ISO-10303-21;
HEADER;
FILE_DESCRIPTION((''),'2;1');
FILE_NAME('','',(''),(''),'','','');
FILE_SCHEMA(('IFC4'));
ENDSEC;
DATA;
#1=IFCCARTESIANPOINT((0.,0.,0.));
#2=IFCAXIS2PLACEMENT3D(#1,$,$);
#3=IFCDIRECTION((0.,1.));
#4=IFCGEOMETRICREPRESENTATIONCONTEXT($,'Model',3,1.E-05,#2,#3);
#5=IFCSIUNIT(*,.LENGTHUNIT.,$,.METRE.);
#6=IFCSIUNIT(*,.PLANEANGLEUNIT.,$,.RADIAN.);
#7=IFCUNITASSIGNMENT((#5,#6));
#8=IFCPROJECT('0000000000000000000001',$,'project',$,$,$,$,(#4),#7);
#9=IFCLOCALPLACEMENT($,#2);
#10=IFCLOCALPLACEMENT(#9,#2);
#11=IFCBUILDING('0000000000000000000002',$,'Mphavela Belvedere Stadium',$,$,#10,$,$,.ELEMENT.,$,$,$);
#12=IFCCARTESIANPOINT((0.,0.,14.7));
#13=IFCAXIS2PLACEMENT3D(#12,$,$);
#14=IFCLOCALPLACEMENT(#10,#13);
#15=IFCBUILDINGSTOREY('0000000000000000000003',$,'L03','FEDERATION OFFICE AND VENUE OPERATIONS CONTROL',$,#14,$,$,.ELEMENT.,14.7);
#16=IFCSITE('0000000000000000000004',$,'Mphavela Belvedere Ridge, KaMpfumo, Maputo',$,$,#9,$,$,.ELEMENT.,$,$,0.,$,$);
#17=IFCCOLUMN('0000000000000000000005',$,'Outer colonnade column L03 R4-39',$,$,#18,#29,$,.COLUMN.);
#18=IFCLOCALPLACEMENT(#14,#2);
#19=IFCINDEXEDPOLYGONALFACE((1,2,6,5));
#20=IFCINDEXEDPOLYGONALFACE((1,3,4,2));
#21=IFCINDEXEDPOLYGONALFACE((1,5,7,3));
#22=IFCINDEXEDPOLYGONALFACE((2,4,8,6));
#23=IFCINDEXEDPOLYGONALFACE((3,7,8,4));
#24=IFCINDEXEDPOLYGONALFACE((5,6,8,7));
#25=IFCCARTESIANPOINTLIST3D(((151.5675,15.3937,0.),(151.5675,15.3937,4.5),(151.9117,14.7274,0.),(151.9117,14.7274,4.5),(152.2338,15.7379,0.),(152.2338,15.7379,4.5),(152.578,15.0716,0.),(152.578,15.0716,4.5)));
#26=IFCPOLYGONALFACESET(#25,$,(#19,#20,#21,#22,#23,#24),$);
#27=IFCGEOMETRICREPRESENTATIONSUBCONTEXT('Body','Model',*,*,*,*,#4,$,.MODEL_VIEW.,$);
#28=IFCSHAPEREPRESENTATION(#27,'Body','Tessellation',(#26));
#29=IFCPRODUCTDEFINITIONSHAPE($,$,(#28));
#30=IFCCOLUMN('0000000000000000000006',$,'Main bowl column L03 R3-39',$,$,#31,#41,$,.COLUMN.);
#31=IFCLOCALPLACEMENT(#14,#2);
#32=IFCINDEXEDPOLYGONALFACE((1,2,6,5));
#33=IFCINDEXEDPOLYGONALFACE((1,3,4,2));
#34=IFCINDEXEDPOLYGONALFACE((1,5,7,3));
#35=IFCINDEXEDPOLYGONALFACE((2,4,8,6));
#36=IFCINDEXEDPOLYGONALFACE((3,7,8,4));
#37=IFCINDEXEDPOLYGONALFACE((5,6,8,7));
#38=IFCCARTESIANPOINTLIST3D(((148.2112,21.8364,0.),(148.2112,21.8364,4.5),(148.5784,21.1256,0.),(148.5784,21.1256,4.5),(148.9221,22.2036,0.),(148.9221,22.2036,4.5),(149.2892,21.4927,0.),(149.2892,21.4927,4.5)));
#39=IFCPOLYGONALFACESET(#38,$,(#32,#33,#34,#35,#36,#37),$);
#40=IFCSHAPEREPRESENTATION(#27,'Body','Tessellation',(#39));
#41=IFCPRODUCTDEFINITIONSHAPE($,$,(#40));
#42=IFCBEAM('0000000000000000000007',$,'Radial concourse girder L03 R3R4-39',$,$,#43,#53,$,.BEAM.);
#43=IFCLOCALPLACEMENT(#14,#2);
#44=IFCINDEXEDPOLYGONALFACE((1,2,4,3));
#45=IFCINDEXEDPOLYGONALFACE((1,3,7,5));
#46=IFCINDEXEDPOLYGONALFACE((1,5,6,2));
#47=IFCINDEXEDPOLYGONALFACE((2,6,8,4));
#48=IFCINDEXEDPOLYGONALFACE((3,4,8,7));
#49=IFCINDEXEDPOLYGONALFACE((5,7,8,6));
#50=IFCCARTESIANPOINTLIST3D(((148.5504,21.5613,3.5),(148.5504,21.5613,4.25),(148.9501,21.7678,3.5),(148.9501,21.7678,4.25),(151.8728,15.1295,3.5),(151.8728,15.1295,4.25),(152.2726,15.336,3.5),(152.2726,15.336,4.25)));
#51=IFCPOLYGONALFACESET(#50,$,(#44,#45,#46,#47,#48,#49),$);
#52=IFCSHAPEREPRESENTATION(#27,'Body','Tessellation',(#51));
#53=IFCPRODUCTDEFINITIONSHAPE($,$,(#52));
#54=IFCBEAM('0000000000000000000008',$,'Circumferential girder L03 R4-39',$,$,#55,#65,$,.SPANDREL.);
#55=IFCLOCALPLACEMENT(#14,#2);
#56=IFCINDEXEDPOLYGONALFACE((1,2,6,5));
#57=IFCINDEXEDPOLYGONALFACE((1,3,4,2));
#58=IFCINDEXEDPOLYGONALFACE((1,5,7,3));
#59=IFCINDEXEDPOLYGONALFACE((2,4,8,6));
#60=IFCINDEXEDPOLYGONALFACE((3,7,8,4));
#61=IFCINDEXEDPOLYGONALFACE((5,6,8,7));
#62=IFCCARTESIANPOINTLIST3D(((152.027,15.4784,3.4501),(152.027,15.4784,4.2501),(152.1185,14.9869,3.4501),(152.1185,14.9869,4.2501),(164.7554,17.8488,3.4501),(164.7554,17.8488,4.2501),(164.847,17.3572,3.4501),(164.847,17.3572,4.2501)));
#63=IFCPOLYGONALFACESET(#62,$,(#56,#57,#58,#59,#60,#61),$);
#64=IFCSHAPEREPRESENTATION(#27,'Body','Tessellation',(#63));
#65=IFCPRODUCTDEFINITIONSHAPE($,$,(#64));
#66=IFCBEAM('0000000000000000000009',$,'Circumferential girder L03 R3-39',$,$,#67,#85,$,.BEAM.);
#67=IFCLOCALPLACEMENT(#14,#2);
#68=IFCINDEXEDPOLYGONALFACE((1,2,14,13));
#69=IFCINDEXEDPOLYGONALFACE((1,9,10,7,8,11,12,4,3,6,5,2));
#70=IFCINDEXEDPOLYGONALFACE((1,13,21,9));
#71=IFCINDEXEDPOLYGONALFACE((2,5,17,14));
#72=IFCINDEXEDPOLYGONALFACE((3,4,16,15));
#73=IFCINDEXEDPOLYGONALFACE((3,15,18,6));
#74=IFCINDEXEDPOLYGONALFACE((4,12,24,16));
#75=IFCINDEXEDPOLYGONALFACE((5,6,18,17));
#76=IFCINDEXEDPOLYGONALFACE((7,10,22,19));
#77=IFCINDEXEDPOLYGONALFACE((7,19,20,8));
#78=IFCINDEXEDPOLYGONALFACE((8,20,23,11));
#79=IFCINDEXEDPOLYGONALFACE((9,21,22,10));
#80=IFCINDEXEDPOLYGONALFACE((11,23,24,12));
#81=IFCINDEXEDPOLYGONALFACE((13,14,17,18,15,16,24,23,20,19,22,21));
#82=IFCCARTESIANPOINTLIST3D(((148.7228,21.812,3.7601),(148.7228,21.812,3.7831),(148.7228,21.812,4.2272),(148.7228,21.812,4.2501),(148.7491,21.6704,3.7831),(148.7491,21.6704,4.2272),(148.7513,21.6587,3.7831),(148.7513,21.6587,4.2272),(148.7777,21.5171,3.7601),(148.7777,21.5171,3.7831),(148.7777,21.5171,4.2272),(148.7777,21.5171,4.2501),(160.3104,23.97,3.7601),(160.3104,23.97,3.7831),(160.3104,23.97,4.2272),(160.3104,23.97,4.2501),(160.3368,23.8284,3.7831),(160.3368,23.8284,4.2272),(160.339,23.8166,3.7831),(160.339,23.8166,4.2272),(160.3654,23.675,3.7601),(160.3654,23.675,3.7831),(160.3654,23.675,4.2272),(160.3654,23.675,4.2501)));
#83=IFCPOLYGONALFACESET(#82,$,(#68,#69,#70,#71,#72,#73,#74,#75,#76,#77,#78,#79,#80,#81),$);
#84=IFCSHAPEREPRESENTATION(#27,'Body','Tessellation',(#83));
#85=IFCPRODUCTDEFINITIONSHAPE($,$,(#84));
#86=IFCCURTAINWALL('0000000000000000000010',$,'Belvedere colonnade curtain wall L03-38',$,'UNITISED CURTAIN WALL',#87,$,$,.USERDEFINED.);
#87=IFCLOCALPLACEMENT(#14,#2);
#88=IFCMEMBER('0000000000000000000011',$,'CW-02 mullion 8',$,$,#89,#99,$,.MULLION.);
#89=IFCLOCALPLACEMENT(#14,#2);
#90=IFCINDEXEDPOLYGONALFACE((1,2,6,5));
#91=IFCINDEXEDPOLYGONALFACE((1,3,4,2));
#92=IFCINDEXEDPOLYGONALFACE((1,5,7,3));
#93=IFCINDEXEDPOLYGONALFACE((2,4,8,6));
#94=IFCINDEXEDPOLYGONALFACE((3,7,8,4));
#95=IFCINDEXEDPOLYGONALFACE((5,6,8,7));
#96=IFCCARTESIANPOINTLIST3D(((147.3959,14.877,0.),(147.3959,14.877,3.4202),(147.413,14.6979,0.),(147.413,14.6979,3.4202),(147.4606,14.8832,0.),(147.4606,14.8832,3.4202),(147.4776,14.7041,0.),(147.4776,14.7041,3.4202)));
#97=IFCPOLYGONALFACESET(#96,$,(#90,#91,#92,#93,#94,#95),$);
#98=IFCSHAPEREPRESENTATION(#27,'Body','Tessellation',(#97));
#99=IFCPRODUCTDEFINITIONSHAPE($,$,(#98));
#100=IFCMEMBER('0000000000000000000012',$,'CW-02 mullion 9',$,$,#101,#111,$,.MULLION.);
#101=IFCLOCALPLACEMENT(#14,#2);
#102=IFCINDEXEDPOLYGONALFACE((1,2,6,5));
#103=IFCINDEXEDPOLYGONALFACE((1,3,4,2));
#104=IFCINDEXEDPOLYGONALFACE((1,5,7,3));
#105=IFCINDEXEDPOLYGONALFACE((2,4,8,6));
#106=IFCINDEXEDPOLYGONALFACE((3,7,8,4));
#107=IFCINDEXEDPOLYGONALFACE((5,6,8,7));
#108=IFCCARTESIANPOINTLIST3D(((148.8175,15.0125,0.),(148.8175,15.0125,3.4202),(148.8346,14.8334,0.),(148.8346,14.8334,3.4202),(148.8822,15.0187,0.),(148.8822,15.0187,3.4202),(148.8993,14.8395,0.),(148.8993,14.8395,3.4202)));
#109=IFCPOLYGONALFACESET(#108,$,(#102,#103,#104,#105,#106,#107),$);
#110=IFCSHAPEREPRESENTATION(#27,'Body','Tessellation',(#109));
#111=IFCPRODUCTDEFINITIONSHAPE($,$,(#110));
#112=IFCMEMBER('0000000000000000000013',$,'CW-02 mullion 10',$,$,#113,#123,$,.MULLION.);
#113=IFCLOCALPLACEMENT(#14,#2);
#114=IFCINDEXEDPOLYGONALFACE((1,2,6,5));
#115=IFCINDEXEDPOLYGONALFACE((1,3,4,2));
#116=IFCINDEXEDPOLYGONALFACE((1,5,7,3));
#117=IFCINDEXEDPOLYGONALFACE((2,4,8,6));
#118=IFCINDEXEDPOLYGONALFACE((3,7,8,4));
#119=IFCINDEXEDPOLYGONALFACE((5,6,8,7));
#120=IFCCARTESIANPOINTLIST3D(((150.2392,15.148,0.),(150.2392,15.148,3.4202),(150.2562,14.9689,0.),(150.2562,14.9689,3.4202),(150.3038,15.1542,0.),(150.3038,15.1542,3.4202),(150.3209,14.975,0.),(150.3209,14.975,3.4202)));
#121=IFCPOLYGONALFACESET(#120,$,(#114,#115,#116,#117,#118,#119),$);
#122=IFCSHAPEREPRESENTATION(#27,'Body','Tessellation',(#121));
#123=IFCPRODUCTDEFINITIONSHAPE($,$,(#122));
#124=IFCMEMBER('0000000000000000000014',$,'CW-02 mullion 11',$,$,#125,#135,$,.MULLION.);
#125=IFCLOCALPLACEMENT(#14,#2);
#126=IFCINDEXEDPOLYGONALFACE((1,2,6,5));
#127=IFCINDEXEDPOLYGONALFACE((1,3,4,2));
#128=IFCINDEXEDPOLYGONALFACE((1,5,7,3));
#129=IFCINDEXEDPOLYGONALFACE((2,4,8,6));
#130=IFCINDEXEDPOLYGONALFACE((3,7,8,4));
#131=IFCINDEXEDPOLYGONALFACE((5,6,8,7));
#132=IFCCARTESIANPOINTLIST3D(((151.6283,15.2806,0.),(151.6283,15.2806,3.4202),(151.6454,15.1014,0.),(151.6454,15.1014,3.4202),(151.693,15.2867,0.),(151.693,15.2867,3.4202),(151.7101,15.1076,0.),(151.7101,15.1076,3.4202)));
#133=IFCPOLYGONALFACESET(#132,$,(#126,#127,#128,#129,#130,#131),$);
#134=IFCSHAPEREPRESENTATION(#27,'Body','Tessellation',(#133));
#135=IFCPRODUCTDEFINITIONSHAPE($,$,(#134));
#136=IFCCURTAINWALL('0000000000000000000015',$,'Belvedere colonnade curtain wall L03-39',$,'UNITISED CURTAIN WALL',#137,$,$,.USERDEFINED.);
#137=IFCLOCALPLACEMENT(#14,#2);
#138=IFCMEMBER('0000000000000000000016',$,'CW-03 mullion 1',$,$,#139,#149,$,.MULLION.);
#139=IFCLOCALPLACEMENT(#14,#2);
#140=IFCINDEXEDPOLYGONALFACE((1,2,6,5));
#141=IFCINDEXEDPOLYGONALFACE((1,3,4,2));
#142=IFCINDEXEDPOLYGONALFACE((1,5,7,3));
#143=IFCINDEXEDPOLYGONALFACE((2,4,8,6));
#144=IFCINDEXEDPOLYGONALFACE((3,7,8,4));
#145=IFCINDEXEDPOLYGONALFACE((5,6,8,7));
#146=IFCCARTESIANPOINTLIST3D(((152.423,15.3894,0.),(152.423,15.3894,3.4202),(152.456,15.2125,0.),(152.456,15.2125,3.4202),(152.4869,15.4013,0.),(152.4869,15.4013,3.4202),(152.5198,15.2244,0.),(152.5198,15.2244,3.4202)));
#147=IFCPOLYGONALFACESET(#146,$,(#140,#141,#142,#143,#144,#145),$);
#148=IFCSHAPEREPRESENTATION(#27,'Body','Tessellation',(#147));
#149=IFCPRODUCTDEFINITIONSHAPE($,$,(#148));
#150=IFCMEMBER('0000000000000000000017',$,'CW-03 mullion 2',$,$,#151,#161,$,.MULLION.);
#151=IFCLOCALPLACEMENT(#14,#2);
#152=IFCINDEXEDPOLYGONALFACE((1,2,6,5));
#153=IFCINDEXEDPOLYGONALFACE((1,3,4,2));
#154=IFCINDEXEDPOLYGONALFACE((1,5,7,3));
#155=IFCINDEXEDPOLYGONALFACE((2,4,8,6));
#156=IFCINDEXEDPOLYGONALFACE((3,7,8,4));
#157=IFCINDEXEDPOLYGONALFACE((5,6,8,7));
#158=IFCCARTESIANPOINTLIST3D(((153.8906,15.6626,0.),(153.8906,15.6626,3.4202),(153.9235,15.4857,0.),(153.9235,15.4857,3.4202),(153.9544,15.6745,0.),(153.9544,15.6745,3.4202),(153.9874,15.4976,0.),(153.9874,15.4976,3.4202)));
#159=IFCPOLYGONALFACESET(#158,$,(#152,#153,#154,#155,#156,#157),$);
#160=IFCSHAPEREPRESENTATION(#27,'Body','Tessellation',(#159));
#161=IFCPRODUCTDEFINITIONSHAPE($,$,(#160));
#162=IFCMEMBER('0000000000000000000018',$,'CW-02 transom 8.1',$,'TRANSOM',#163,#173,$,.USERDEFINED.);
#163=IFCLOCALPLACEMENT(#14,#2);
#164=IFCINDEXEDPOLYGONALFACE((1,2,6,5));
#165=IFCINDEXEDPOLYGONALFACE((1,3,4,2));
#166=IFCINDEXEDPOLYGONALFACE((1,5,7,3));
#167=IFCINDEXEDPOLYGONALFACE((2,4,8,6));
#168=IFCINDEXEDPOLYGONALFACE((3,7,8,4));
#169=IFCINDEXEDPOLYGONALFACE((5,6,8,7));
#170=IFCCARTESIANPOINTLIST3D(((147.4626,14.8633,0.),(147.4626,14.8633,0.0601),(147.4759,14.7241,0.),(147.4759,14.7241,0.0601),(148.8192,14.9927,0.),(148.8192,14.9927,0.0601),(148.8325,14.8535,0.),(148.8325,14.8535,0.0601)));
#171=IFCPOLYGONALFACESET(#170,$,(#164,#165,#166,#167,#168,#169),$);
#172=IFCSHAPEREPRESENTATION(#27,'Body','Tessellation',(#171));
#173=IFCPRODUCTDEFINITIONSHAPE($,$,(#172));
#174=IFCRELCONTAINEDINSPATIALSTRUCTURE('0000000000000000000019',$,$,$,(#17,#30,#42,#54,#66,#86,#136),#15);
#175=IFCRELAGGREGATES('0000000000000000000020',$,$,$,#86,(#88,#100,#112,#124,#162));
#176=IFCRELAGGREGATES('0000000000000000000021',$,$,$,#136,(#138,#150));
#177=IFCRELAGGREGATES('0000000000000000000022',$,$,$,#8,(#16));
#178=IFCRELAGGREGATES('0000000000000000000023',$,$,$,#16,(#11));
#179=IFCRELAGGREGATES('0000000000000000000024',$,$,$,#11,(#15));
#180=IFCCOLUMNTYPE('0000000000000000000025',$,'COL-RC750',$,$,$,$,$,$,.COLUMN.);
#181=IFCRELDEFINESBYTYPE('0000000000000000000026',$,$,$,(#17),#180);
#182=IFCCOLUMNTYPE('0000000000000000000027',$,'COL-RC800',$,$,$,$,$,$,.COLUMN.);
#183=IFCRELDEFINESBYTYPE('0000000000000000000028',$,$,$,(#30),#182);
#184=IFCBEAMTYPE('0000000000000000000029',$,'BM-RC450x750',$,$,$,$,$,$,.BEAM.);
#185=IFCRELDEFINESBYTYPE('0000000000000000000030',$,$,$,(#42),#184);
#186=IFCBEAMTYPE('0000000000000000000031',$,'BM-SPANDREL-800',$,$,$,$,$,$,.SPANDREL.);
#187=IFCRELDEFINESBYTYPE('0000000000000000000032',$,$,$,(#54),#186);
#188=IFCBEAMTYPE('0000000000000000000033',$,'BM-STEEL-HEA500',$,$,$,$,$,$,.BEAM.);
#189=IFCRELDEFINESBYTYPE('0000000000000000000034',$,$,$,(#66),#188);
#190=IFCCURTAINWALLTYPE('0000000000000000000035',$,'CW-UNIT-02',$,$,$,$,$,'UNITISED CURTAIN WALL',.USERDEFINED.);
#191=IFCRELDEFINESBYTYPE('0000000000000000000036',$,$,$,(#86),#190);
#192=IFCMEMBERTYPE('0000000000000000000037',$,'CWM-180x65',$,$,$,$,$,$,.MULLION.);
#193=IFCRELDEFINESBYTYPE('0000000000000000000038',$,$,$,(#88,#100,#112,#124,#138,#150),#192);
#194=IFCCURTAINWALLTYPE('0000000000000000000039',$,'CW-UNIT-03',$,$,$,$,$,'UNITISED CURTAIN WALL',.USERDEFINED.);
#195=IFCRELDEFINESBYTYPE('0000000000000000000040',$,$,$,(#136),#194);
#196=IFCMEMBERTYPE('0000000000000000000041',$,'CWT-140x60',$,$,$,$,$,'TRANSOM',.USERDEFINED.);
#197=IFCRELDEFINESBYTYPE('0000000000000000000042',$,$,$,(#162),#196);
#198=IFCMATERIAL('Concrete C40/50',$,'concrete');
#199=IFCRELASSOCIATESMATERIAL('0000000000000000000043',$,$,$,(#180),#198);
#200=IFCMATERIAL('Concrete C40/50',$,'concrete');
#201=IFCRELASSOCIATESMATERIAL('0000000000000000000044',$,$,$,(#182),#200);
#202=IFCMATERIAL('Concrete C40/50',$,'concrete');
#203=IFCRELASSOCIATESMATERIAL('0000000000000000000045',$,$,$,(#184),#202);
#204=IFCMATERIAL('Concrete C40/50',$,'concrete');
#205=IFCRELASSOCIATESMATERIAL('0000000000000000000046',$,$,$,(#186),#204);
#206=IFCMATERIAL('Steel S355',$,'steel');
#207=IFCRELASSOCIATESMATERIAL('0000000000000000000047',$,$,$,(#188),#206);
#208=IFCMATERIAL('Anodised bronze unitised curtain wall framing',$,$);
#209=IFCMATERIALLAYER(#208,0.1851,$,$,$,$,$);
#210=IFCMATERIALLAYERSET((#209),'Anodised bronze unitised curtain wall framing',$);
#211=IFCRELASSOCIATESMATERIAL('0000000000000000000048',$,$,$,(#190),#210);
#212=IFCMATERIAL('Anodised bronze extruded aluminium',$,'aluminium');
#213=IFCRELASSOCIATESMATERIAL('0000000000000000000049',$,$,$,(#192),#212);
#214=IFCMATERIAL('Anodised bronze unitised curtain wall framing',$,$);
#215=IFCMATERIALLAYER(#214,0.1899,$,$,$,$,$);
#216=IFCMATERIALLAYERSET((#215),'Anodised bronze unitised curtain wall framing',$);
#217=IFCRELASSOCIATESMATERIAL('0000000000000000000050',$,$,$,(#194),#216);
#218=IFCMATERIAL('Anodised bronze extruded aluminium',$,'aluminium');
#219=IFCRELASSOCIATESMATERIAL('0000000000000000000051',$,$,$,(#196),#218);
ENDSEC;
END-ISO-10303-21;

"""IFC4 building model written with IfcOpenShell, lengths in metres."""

from ifc_helpers import new_model, si_unit, direction, frame, origin, origin_2d, place, context, subcontext, project, spatial, rectangle, i_section, extrude, material, layer, layer_set, material_profile, profile_set, type_object, element, aggregate, save


model = new_model("IFC4")

# Units and contexts
model_context = context("Model", 3, precision=1e-05, world=origin(), true_north=direction((0.0, 1.0)))
body_context = subcontext(model_context, "Body", "Model", "MODEL_VIEW")
ifc_project = project(units=[si_unit("LENGTHUNIT", "METRE"), si_unit("PLANEANGLEUNIT", "RADIAN")], contexts=[model_context])

# Site, building, storey
site_placement = place(None, origin())
site = spatial("IfcSite", under=ifc_project, at=site_placement, Name="Mphavela Belvedere Ridge, KaMpfumo, Maputo", CompositionType="ELEMENT", RefElevation=0.0)
building_placement = place(site_placement, origin())
building = spatial("IfcBuilding", under=site, at=building_placement, Name="Mphavela Belvedere Stadium", CompositionType="ELEMENT")
storey_placement = place(building_placement, frame((0.0, 0.0, 14.7)))
storey = spatial("IfcBuildingStorey", under=building, at=storey_placement, Name="L03", Description="FEDERATION OFFICE AND VENUE OPERATIONS CONTROL", CompositionType="ELEMENT", Elevation=14.7)

# Columns
ifc_material_1 = material(Name="Concrete C40/50", Category="concrete")
ifc_material_profile_1 = material_profile(ifc_material_1, rectangle(XDim=0.75, YDim=0.75, at=origin_2d()), Name="RC 750x750")
ifc_profile_set_1 = profile_set([ifc_material_profile_1], Name="Concrete C40/50")
column_type_1 = type_object("IfcColumnType", Name="COL-RC750", PredefinedType="COLUMN", material=ifc_profile_set_1)
column_1_placement = place(storey_placement, frame((152.0728, 15.2327, 0.0), z_axis=(0.0, 0.0, 1.0), x_axis=(0.45896, -0.888457, 0.0)))
element("IfcColumn", 1, at=column_1_placement, inside=storey, type_object=column_type_1, Name="Outer colonnade column L03 R4-39", PredefinedType="COLUMN", context=body_context, shape_type="SweptSolid", body=[
    extrude(rectangle(XDim=0.75, YDim=0.75, at=origin_2d()), origin(), (0.0, 0.0, 1.0), 4.5),
])
ifc_material_2 = material(Name="Concrete C40/50", Category="concrete")
ifc_material_profile_2 = material_profile(ifc_material_2, rectangle(XDim=0.8, YDim=0.8, at=origin_2d()), Name="RC 800x800")
ifc_profile_set_2 = profile_set([ifc_material_profile_2], Name="Concrete C40/50")
column_type_2 = type_object("IfcColumnType", Name="COL-RC800", PredefinedType="COLUMN", material=ifc_profile_set_2)
column_2_placement = place(storey_placement, frame((148.7502, 21.6646, 0.0), z_axis=(0.0, 0.0, 1.0), x_axis=(0.45896, -0.888457, 0.0)))
element("IfcColumn", 2, at=column_2_placement, inside=storey, type_object=column_type_2, Name="Main bowl column L03 R3-39", PredefinedType="COLUMN", context=body_context, shape_type="SweptSolid", body=[
    extrude(rectangle(XDim=0.8, YDim=0.8, at=origin_2d()), origin(), (0.0, 0.0, 1.0), 4.5),
])

# Beams
ifc_material_3 = material(Name="Concrete C40/50", Category="concrete")
ifc_material_profile_3 = material_profile(ifc_material_3, rectangle(XDim=0.45, YDim=0.75, at=origin_2d()), Name="RC 450x750")
ifc_profile_set_3 = profile_set([ifc_material_profile_3], Name="Concrete C40/50")
beam_type_1 = type_object("IfcBeamType", Name="BM-RC450x750", PredefinedType="BEAM", material=ifc_profile_set_3)
beam_1_placement = place(storey_placement, frame((148.7502, 21.6646, 3.875), z_axis=(0.458951, -0.888461, 0.0), x_axis=(0.888461, 0.458951, 0.0)))
element("IfcBeam", 3, at=beam_1_placement, inside=storey, type_object=beam_type_1, Name="Radial concourse girder L03 R3R4-39", PredefinedType="BEAM", context=body_context, shape_type="SweptSolid", body=[
    extrude(rectangle(XDim=0.45, YDim=0.75, at=origin_2d()), origin(), (0.0, 0.0, 1.0), 7.2393),
])
ifc_material_4 = material(Name="Concrete C40/50", Category="concrete")
ifc_material_profile_4 = material_profile(ifc_material_4, rectangle(XDim=0.5, YDim=0.8, at=origin_2d()), Name="RC 500x800")
ifc_profile_set_4 = profile_set([ifc_material_profile_4], Name="Concrete C40/50")
beam_type_2 = type_object("IfcBeamType", Name="BM-SPANDREL-800", PredefinedType="SPANDREL", material=ifc_profile_set_4)
beam_2_placement = place(storey_placement, frame((152.0728, 15.2327, 3.8501), z_axis=(0.983099, 0.183077, 0.0), x_axis=(-0.183077, 0.983099, 0.0)))
element("IfcBeam", 4, at=beam_2_placement, inside=storey, type_object=beam_type_2, Name="Circumferential girder L03 R4-39", PredefinedType="SPANDREL", context=body_context, shape_type="SweptSolid", body=[
    extrude(rectangle(XDim=0.5, YDim=0.8, at=origin_2d()), origin(), (0.0, 0.0, 1.0), 12.9473),
])
ifc_material_5 = material(Name="Steel S355", Category="steel")
ifc_material_profile_5 = material_profile(ifc_material_5, i_section(OverallWidth=0.3, OverallDepth=0.49, WebThickness=0.012, FlangeThickness=0.0229, at=origin_2d()), Name="HEA 500")
ifc_profile_set_5 = profile_set([ifc_material_profile_5], Name="Steel S355")
beam_type_3 = type_object("IfcBeamType", Name="BM-STEEL-HEA500", PredefinedType="BEAM", material=ifc_profile_set_5)
beam_3_placement = place(storey_placement, frame((148.7502, 21.6646, 4.0051), z_axis=(0.983098, 0.183082, 0.0), x_axis=(-0.183082, 0.983098, 0.0)))
element("IfcBeam", 5, at=beam_3_placement, inside=storey, type_object=beam_type_3, Name="Circumferential girder L03 R3-39", PredefinedType="BEAM", context=body_context, shape_type="SweptSolid", body=[
    extrude(i_section(OverallWidth=0.3, OverallDepth=0.49, WebThickness=0.012, FlangeThickness=0.0229, at=origin_2d()), origin(), (0.0, 0.0, 1.0), 11.7869),
])

# Curtain walls, members
ifc_material_6 = material(Name="Anodised bronze unitised curtain wall framing")
ifc_layer_1 = layer(ifc_material_6, 0.1851)
ifc_layer_set_1 = layer_set([ifc_layer_1], Name="Anodised bronze unitised curtain wall framing")
curtain_wall_type_1 = type_object("IfcCurtainWallType", Name="CW-UNIT-02", ElementType="UNITISED CURTAIN WALL", PredefinedType="USERDEFINED", material=ifc_layer_set_1)
curtain_wall_1_placement = place(storey_placement, origin())
curtain_wall_1 = element("IfcCurtainWall", 6, at=curtain_wall_1_placement, inside=storey, type_object=curtain_wall_type_1, Name="Belvedere colonnade curtain wall L03-38", ObjectType="UNITISED CURTAIN WALL", PredefinedType="USERDEFINED")
ifc_material_7 = material(Name="Anodised bronze extruded aluminium", Category="aluminium")
ifc_material_profile_6 = material_profile(ifc_material_7, rectangle(XDim=0.1799, YDim=0.0649, at=origin_2d()), Name="CW-MUL 180x65")
ifc_profile_set_6 = profile_set([ifc_material_profile_6], Name="Anodised bronze extruded aluminium")
member_type_1 = type_object("IfcMemberType", Name="CWM-180x65", PredefinedType="MULLION", material=ifc_profile_set_6)
member_1_placement = place(storey_placement, frame((147.4368, 14.7905, 0.0), z_axis=(0.0, 0.0, 1.0), x_axis=(-0.094929, 0.995484, 0.0)))
member_1 = element("IfcMember", 7, at=member_1_placement, type_object=member_type_1, Name="CW-02 mullion 8", PredefinedType="MULLION", context=body_context, shape_type="SweptSolid", body=[
    extrude(rectangle(XDim=0.1799, YDim=0.0649, at=origin_2d()), origin(), (0.0, 0.0, 1.0), 3.4202),
])
member_2_placement = place(storey_placement, frame((148.8584, 14.926, 0.0), z_axis=(0.0, 0.0, 1.0), x_axis=(-0.094929, 0.995484, 0.0)))
member_2 = element("IfcMember", 8, at=member_2_placement, type_object=member_type_1, Name="CW-02 mullion 9", PredefinedType="MULLION", context=body_context, shape_type="SweptSolid", body=[
    extrude(rectangle(XDim=0.1799, YDim=0.0649, at=origin_2d()), origin(), (0.0, 0.0, 1.0), 3.4202),
])
member_3_placement = place(storey_placement, frame((150.28, 15.0615, 0.0), z_axis=(0.0, 0.0, 1.0), x_axis=(-0.094929, 0.995484, 0.0)))
member_3 = element("IfcMember", 9, at=member_3_placement, type_object=member_type_1, Name="CW-02 mullion 10", PredefinedType="MULLION", context=body_context, shape_type="SweptSolid", body=[
    extrude(rectangle(XDim=0.1799, YDim=0.0649, at=origin_2d()), origin(), (0.0, 0.0, 1.0), 3.4202),
])
member_4_placement = place(storey_placement, frame((151.6692, 15.1941, 0.0), z_axis=(0.0, 0.0, 1.0), x_axis=(-0.094929, 0.995484, 0.0)))
member_4 = element("IfcMember", 10, at=member_4_placement, type_object=member_type_1, Name="CW-02 mullion 11", PredefinedType="MULLION", context=body_context, shape_type="SweptSolid", body=[
    extrude(rectangle(XDim=0.1799, YDim=0.0649, at=origin_2d()), origin(), (0.0, 0.0, 1.0), 3.4202),
])
ifc_material_8 = material(Name="Anodised bronze unitised curtain wall framing")
ifc_layer_2 = layer(ifc_material_8, 0.1899)
ifc_layer_set_2 = layer_set([ifc_layer_2], Name="Anodised bronze unitised curtain wall framing")
curtain_wall_type_2 = type_object("IfcCurtainWallType", Name="CW-UNIT-03", ElementType="UNITISED CURTAIN WALL", PredefinedType="USERDEFINED", material=ifc_layer_set_2)
curtain_wall_2_placement = place(storey_placement, origin())
curtain_wall_2 = element("IfcCurtainWall", 11, at=curtain_wall_2_placement, inside=storey, type_object=curtain_wall_type_2, Name="Belvedere colonnade curtain wall L03-39", ObjectType="UNITISED CURTAIN WALL", PredefinedType="USERDEFINED")
member_5_placement = place(storey_placement, frame((152.4714, 15.3069, 0.0), z_axis=(0.0, 0.0, 1.0), x_axis=(-0.183088, 0.983097, 0.0)))
member_5 = element("IfcMember", 12, at=member_5_placement, type_object=member_type_1, Name="CW-03 mullion 1", PredefinedType="MULLION", context=body_context, shape_type="SweptSolid", body=[
    extrude(rectangle(XDim=0.1799, YDim=0.0649, at=origin_2d()), origin(), (0.0, 0.0, 1.0), 3.4202),
])
member_6_placement = place(storey_placement, frame((153.939, 15.5801, 0.0), z_axis=(0.0, 0.0, 1.0), x_axis=(-0.183088, 0.983097, 0.0)))
member_6 = element("IfcMember", 13, at=member_6_placement, type_object=member_type_1, Name="CW-03 mullion 2", PredefinedType="MULLION", context=body_context, shape_type="SweptSolid", body=[
    extrude(rectangle(XDim=0.1799, YDim=0.0649, at=origin_2d()), origin(), (0.0, 0.0, 1.0), 3.4202),
])

# Member
ifc_material_9 = material(Name="Anodised bronze extruded aluminium", Category="aluminium")
ifc_material_profile_7 = material_profile(ifc_material_9, rectangle(XDim=0.1399, YDim=0.0601, at=origin_2d()), Name="CW-TRN 140x60")
ifc_profile_set_7 = profile_set([ifc_material_profile_7], Name="Anodised bronze extruded aluminium")
member_type_2 = type_object("IfcMemberType", Name="CWT-140x60", ElementType="TRANSOM", PredefinedType="USERDEFINED", material=ifc_profile_set_7)
member_7_placement = place(storey_placement, frame((147.4692, 14.7937, 0.03), z_axis=(0.995483, 0.094944, 0.0), x_axis=(-0.094944, 0.995483, 0.0)))
member_7 = element("IfcMember", 14, at=member_7_placement, type_object=member_type_2, Name="CW-02 transom 8.1", ObjectType="TRANSOM", PredefinedType="USERDEFINED", context=body_context, shape_type="SweptSolid", body=[
    extrude(rectangle(XDim=0.1399, YDim=0.0601, at=origin_2d()), origin(), (0.0, 0.0, 1.0), 1.3628),
])

aggregate(curtain_wall_1, [member_1, member_2, member_3, member_4, member_7])
aggregate(curtain_wall_2, [member_5, member_6])

save(model, "model.ifc")
